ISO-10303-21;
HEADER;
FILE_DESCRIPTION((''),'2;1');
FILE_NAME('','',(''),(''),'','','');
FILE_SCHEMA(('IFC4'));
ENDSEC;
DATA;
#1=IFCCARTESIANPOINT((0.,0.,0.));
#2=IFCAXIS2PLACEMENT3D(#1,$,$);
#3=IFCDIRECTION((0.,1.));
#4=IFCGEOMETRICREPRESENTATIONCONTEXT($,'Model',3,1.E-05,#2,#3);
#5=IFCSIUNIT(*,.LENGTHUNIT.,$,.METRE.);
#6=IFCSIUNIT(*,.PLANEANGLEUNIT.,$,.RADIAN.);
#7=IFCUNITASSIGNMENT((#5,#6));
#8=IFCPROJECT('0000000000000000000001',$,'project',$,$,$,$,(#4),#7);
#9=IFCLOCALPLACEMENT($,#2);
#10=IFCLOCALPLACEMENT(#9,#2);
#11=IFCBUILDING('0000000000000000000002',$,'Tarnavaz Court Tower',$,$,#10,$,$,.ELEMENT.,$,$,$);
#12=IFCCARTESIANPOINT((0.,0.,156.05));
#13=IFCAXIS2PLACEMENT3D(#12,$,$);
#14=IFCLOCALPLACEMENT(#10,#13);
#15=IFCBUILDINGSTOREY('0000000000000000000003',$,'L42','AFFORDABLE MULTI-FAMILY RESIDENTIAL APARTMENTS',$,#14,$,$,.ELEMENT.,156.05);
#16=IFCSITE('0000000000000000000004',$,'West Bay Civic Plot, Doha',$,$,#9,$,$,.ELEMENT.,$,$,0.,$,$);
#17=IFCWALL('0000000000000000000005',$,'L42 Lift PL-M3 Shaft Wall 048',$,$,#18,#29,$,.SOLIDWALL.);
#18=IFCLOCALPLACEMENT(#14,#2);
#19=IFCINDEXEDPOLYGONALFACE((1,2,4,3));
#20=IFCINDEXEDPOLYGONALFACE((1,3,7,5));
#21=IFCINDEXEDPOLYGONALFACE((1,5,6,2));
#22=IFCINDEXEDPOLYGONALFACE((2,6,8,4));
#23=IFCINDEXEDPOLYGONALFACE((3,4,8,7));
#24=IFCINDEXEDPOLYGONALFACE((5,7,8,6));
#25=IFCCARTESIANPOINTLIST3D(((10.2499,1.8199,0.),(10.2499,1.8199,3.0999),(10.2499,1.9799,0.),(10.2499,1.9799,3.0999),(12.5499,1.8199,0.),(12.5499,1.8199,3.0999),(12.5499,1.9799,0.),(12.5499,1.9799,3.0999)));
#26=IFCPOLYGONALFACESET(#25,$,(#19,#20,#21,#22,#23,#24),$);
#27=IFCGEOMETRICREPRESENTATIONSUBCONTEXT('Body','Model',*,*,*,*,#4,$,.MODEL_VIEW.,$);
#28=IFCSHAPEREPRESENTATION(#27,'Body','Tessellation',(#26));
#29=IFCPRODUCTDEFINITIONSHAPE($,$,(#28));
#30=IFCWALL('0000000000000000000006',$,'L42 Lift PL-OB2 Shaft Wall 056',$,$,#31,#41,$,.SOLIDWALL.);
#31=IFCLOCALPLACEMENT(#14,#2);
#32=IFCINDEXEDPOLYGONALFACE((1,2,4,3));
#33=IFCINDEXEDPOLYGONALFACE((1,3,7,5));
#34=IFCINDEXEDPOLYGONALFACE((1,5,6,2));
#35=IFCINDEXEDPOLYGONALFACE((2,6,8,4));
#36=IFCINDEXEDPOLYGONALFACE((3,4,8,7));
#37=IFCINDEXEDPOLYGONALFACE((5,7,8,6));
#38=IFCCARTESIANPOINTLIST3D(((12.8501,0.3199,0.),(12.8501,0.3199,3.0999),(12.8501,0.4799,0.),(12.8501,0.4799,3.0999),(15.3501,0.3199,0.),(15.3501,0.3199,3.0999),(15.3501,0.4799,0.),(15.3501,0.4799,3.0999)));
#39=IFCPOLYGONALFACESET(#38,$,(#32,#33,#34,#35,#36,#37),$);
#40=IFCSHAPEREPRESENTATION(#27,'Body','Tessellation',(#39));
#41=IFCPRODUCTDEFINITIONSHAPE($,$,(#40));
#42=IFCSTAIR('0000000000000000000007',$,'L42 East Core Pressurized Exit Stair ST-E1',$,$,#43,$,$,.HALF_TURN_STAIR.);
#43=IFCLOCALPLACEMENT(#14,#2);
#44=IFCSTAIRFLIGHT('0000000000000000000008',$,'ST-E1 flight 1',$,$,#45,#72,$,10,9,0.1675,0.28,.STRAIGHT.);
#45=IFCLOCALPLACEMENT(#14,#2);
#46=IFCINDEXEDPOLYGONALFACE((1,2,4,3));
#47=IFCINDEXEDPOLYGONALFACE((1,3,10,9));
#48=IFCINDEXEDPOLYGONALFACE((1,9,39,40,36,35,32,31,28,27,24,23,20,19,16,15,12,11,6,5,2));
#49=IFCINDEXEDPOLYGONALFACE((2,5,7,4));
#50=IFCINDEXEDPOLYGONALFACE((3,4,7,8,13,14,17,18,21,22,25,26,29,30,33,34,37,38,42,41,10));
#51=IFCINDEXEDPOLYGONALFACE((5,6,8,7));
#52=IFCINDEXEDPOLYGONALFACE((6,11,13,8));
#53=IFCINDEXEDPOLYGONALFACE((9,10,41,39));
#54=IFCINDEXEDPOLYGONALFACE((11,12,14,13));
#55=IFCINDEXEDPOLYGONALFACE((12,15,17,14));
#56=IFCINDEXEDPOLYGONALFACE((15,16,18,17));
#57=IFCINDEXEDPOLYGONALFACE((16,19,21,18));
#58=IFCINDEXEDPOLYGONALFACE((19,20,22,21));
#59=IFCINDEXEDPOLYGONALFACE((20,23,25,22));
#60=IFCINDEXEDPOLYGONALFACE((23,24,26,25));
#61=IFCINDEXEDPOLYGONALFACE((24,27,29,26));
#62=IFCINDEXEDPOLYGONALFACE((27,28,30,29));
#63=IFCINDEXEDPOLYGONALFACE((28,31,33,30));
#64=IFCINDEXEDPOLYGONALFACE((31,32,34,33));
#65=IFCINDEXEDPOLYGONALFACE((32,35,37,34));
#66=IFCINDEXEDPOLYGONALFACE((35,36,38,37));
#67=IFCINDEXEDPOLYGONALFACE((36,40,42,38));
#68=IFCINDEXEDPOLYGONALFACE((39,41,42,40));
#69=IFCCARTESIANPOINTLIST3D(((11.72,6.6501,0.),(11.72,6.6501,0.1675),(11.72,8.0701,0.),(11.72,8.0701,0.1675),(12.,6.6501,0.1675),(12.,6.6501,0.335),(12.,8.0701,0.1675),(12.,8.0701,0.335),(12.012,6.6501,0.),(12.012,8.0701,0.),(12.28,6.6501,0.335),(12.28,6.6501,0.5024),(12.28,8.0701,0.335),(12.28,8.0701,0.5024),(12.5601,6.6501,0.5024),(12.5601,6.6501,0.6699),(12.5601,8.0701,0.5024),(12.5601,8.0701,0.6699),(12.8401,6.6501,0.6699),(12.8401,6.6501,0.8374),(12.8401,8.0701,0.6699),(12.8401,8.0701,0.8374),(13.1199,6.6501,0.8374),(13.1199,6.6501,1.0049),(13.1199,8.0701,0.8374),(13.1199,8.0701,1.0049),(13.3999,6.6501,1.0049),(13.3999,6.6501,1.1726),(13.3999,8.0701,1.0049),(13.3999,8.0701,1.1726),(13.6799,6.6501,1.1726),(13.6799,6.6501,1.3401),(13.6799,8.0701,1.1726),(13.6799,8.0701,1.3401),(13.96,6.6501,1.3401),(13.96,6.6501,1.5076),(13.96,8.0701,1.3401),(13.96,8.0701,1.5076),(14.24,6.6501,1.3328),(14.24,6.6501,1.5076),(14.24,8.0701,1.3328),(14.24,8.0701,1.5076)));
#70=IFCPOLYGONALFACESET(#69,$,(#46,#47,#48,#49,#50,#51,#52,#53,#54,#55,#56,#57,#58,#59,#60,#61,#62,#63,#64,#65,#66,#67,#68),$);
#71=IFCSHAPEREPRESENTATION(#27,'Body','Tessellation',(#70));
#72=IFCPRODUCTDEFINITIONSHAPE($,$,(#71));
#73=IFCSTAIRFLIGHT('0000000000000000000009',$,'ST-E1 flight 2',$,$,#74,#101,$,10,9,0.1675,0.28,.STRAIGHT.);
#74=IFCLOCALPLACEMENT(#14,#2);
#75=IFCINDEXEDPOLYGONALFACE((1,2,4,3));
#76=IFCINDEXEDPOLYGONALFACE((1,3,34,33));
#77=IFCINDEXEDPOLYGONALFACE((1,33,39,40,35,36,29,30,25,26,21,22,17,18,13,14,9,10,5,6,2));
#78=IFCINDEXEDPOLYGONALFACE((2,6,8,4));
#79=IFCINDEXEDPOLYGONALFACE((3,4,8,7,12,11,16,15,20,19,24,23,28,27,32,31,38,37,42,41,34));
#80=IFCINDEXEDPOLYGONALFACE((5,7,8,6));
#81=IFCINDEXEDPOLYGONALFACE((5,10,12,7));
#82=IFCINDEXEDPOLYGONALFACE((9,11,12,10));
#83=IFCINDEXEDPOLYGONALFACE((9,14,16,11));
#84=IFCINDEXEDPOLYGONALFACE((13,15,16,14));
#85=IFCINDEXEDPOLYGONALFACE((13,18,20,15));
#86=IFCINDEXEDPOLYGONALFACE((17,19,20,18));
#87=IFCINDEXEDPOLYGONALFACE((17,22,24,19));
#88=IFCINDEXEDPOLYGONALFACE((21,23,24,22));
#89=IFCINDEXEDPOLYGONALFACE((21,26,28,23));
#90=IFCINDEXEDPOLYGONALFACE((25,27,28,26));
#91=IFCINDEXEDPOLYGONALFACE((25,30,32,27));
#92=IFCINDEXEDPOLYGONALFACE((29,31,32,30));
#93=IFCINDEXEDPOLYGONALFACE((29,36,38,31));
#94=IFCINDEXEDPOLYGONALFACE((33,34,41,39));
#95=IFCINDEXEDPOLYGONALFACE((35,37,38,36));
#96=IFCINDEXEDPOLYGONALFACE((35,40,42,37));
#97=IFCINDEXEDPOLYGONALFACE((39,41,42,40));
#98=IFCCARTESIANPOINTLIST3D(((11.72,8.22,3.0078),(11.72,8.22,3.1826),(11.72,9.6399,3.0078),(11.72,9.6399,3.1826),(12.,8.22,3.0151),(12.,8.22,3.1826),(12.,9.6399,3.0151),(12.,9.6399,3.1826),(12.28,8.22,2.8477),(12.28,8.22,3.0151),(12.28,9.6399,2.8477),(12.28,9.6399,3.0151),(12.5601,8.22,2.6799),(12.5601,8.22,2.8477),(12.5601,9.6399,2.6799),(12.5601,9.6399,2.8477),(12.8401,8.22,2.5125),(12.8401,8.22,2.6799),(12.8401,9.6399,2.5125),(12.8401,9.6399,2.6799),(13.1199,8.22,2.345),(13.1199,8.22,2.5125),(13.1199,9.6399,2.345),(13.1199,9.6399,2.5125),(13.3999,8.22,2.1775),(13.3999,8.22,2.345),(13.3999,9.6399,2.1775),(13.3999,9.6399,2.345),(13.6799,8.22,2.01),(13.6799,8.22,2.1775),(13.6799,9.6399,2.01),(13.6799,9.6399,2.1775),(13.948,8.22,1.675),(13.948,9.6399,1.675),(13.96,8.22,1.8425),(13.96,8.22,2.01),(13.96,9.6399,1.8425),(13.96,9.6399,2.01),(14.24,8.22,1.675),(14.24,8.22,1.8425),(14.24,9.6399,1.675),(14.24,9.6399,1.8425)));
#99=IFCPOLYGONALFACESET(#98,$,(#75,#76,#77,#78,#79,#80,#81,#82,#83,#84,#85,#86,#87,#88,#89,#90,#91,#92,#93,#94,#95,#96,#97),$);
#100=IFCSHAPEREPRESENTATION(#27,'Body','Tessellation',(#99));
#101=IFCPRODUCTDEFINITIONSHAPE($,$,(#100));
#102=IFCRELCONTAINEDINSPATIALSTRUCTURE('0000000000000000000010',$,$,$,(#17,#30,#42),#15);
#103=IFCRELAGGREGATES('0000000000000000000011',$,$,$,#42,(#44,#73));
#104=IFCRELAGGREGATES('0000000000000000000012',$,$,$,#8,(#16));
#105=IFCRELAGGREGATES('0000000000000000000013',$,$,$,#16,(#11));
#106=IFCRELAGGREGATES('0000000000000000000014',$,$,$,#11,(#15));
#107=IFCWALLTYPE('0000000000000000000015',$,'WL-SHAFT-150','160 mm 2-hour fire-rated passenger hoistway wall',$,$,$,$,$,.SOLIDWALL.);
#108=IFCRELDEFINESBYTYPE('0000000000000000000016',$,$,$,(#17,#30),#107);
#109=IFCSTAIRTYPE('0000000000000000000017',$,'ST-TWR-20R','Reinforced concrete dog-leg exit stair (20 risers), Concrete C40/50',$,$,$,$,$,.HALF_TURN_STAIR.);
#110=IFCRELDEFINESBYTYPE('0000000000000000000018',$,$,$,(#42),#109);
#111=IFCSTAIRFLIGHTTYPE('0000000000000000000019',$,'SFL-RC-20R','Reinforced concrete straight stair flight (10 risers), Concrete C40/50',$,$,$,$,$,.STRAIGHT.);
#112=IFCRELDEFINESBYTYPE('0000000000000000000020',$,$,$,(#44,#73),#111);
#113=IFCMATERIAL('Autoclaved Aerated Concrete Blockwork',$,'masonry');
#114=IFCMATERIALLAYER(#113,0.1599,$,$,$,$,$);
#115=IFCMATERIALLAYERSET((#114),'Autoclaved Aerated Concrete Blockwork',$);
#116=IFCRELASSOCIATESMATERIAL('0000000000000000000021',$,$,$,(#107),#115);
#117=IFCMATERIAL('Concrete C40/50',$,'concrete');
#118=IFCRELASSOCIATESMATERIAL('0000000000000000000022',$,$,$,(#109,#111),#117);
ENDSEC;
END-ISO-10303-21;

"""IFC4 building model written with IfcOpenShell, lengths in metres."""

from ifc_helpers import new_model, si_unit, direction, frame, frame_2d, origin, place, context, subcontext, project, spatial, polyline, rectangle, outline, extrude, material, layer, layer_set, type_object, element, aggregate, save


model = new_model("IFC4")

# Units and contexts
model_context = context("Model", 3, precision=1e-05, world=origin(), true_north=direction((0.0, 1.0)))
body_context = subcontext(model_context, "Body", "Model", "MODEL_VIEW")
ifc_project = project(units=[si_unit("LENGTHUNIT", "METRE"), si_unit("PLANEANGLEUNIT", "RADIAN")], contexts=[model_context])

# Site, building, storey
site_placement = place(None, origin())
site = spatial("IfcSite", under=ifc_project, at=site_placement, Name="West Bay Civic Plot, Doha", CompositionType="ELEMENT", RefElevation=0.0)
building_placement = place(site_placement, origin())
building = spatial("IfcBuilding", under=site, at=building_placement, Name="Tarnavaz Court Tower", CompositionType="ELEMENT")
storey_placement = place(building_placement, frame((0.0, 0.0, 156.05)))
storey = spatial("IfcBuildingStorey", under=building, at=storey_placement, Name="L42", Description="AFFORDABLE MULTI-FAMILY RESIDENTIAL APARTMENTS", CompositionType="ELEMENT", Elevation=156.05)

# Shared definitions
ifc_material_1 = material(Name="Autoclaved Aerated Concrete Blockwork", Category="masonry")

# Walls
ifc_layer_1 = layer(ifc_material_1, 0.1599)
ifc_layer_set_1 = layer_set([ifc_layer_1], Name="Autoclaved Aerated Concrete Blockwork")
wall_type_1 = type_object("IfcWallType", Name="WL-SHAFT-150", Description="160 mm 2-hour fire-rated passenger hoistway wall", PredefinedType="SOLIDWALL", material=ifc_layer_set_1)
wall_1_placement = place(storey_placement, frame((10.25, 1.8999, 0.0), z_axis=(0.0, 0.0, 1.0), x_axis=(1.0, 0.0, 0.0)))
element("IfcWall", 1, at=wall_1_placement, inside=storey, type_object=wall_type_1, Name="L42 Lift PL-M3 Shaft Wall 048", PredefinedType="SOLIDWALL", context=body_context, shape_type="SweptSolid", body=[
    extrude(rectangle(XDim=2.3, YDim=0.1599, at=frame_2d((1.1499, 0.0))), origin(), (0.0, 0.0, 1.0), 3.0999),
])
wall_2_placement = place(storey_placement, frame((12.8501, 0.3999, 0.0), z_axis=(0.0, 0.0, 1.0), x_axis=(1.0, 0.0, 0.0)))
element("IfcWall", 2, at=wall_2_placement, inside=storey, type_object=wall_type_1, Name="L42 Lift PL-OB2 Shaft Wall 056", PredefinedType="SOLIDWALL", context=body_context, shape_type="SweptSolid", body=[
    extrude(rectangle(XDim=2.5, YDim=0.1599, at=frame_2d((1.25, 0.0))), origin(), (0.0, 0.0, 1.0), 3.0999),
])

# Stair, stair flights
ifc_material_2 = material(Name="Concrete C40/50", Category="concrete")
stair_type = type_object("IfcStairType", Name="ST-TWR-20R", Description="Reinforced concrete dog-leg exit stair (20 risers), Concrete C40/50", PredefinedType="HALF_TURN_STAIR", material=ifc_material_2)
stair_placement = place(storey_placement, origin())
stair = element("IfcStair", 3, at=stair_placement, inside=storey, type_object=stair_type, Name="L42 East Core Pressurized Exit Stair ST-E1", PredefinedType="HALF_TURN_STAIR")
stair_flight_type = type_object("IfcStairFlightType", Name="SFL-RC-20R", Description="Reinforced concrete straight stair flight (10 risers), Concrete C40/50", PredefinedType="STRAIGHT", material=ifc_material_2)
stair_flight_1_placement = place(storey_placement, frame((11.72, 7.3601, 0.0), z_axis=(0.0, 0.0, 1.0), x_axis=(1.0, 0.0, 0.0)))
stair_flight_1 = element("IfcStairFlight", 4, at=stair_flight_1_placement, type_object=stair_flight_type, Name="ST-E1 flight 1", NumberOfRisers=10, NumberOfTreads=9, PredefinedType="STRAIGHT", RiserHeight=0.1675, TreadLength=0.28, context=body_context, shape_type="SweptSolid", body=[
    extrude(outline(polyline([(0.0, 0.0), (0.0, 0.1675), (0.28, 0.1675), (0.28, 0.335), (0.5601, 0.335), (0.5601, 0.5024), (0.8401, 0.5024), (0.8401, 0.6699), (1.1201, 0.6699), (1.1201, 0.8374), (1.3999, 0.8374), (1.3999, 1.0049), (1.6799, 1.0049), (1.6799, 1.1726), (1.96, 1.1726), (1.96, 1.3401), (2.24, 1.3401), (2.24, 1.5076), (2.52, 1.5076), (2.52, 1.675), (2.52, 1.3328), (0.292, 0.0), (0.0, 0.0)])), frame((0.0, 0.71, 0.0), z_axis=(0.0, -1.0, 0.0), x_axis=(1.0, 0.0, 0.0)), (0.0, 0.0, 1.0), 1.4199),
])
stair_flight_2_placement = place(storey_placement, frame((14.24, 8.9299, 1.675), z_axis=(0.0, 0.0, 1.0), x_axis=(-1.0, 0.0, 0.0)))
stair_flight_2 = element("IfcStairFlight", 5, at=stair_flight_2_placement, type_object=stair_flight_type, Name="ST-E1 flight 2", NumberOfRisers=10, NumberOfTreads=9, PredefinedType="STRAIGHT", RiserHeight=0.1675, TreadLength=0.28, context=body_context, shape_type="SweptSolid", body=[
    extrude(outline(polyline([(0.0, 0.0), (0.0, 0.1675), (0.28, 0.1675), (0.28, 0.335), (0.5601, 0.335), (0.5601, 0.5024), (0.8401, 0.5024), (0.8401, 0.6699), (1.1201, 0.6699), (1.1201, 0.8374), (1.3999, 0.8374), (1.3999, 1.0049), (1.6799, 1.0049), (1.6799, 1.1726), (1.96, 1.1726), (1.96, 1.3401), (2.24, 1.3401), (2.24, 1.5076), (2.52, 1.5076), (2.52, 1.675), (2.52, 1.3328), (0.292, 0.0), (0.0, 0.0)])), frame((0.0, 0.71, 0.0), z_axis=(0.0, -1.0, 0.0), x_axis=(1.0, 0.0, 0.0)), (0.0, 0.0, 1.0), 1.4199),
])
aggregate(stair, [stair_flight_1, stair_flight_2])

save(model, "model.ifc")
